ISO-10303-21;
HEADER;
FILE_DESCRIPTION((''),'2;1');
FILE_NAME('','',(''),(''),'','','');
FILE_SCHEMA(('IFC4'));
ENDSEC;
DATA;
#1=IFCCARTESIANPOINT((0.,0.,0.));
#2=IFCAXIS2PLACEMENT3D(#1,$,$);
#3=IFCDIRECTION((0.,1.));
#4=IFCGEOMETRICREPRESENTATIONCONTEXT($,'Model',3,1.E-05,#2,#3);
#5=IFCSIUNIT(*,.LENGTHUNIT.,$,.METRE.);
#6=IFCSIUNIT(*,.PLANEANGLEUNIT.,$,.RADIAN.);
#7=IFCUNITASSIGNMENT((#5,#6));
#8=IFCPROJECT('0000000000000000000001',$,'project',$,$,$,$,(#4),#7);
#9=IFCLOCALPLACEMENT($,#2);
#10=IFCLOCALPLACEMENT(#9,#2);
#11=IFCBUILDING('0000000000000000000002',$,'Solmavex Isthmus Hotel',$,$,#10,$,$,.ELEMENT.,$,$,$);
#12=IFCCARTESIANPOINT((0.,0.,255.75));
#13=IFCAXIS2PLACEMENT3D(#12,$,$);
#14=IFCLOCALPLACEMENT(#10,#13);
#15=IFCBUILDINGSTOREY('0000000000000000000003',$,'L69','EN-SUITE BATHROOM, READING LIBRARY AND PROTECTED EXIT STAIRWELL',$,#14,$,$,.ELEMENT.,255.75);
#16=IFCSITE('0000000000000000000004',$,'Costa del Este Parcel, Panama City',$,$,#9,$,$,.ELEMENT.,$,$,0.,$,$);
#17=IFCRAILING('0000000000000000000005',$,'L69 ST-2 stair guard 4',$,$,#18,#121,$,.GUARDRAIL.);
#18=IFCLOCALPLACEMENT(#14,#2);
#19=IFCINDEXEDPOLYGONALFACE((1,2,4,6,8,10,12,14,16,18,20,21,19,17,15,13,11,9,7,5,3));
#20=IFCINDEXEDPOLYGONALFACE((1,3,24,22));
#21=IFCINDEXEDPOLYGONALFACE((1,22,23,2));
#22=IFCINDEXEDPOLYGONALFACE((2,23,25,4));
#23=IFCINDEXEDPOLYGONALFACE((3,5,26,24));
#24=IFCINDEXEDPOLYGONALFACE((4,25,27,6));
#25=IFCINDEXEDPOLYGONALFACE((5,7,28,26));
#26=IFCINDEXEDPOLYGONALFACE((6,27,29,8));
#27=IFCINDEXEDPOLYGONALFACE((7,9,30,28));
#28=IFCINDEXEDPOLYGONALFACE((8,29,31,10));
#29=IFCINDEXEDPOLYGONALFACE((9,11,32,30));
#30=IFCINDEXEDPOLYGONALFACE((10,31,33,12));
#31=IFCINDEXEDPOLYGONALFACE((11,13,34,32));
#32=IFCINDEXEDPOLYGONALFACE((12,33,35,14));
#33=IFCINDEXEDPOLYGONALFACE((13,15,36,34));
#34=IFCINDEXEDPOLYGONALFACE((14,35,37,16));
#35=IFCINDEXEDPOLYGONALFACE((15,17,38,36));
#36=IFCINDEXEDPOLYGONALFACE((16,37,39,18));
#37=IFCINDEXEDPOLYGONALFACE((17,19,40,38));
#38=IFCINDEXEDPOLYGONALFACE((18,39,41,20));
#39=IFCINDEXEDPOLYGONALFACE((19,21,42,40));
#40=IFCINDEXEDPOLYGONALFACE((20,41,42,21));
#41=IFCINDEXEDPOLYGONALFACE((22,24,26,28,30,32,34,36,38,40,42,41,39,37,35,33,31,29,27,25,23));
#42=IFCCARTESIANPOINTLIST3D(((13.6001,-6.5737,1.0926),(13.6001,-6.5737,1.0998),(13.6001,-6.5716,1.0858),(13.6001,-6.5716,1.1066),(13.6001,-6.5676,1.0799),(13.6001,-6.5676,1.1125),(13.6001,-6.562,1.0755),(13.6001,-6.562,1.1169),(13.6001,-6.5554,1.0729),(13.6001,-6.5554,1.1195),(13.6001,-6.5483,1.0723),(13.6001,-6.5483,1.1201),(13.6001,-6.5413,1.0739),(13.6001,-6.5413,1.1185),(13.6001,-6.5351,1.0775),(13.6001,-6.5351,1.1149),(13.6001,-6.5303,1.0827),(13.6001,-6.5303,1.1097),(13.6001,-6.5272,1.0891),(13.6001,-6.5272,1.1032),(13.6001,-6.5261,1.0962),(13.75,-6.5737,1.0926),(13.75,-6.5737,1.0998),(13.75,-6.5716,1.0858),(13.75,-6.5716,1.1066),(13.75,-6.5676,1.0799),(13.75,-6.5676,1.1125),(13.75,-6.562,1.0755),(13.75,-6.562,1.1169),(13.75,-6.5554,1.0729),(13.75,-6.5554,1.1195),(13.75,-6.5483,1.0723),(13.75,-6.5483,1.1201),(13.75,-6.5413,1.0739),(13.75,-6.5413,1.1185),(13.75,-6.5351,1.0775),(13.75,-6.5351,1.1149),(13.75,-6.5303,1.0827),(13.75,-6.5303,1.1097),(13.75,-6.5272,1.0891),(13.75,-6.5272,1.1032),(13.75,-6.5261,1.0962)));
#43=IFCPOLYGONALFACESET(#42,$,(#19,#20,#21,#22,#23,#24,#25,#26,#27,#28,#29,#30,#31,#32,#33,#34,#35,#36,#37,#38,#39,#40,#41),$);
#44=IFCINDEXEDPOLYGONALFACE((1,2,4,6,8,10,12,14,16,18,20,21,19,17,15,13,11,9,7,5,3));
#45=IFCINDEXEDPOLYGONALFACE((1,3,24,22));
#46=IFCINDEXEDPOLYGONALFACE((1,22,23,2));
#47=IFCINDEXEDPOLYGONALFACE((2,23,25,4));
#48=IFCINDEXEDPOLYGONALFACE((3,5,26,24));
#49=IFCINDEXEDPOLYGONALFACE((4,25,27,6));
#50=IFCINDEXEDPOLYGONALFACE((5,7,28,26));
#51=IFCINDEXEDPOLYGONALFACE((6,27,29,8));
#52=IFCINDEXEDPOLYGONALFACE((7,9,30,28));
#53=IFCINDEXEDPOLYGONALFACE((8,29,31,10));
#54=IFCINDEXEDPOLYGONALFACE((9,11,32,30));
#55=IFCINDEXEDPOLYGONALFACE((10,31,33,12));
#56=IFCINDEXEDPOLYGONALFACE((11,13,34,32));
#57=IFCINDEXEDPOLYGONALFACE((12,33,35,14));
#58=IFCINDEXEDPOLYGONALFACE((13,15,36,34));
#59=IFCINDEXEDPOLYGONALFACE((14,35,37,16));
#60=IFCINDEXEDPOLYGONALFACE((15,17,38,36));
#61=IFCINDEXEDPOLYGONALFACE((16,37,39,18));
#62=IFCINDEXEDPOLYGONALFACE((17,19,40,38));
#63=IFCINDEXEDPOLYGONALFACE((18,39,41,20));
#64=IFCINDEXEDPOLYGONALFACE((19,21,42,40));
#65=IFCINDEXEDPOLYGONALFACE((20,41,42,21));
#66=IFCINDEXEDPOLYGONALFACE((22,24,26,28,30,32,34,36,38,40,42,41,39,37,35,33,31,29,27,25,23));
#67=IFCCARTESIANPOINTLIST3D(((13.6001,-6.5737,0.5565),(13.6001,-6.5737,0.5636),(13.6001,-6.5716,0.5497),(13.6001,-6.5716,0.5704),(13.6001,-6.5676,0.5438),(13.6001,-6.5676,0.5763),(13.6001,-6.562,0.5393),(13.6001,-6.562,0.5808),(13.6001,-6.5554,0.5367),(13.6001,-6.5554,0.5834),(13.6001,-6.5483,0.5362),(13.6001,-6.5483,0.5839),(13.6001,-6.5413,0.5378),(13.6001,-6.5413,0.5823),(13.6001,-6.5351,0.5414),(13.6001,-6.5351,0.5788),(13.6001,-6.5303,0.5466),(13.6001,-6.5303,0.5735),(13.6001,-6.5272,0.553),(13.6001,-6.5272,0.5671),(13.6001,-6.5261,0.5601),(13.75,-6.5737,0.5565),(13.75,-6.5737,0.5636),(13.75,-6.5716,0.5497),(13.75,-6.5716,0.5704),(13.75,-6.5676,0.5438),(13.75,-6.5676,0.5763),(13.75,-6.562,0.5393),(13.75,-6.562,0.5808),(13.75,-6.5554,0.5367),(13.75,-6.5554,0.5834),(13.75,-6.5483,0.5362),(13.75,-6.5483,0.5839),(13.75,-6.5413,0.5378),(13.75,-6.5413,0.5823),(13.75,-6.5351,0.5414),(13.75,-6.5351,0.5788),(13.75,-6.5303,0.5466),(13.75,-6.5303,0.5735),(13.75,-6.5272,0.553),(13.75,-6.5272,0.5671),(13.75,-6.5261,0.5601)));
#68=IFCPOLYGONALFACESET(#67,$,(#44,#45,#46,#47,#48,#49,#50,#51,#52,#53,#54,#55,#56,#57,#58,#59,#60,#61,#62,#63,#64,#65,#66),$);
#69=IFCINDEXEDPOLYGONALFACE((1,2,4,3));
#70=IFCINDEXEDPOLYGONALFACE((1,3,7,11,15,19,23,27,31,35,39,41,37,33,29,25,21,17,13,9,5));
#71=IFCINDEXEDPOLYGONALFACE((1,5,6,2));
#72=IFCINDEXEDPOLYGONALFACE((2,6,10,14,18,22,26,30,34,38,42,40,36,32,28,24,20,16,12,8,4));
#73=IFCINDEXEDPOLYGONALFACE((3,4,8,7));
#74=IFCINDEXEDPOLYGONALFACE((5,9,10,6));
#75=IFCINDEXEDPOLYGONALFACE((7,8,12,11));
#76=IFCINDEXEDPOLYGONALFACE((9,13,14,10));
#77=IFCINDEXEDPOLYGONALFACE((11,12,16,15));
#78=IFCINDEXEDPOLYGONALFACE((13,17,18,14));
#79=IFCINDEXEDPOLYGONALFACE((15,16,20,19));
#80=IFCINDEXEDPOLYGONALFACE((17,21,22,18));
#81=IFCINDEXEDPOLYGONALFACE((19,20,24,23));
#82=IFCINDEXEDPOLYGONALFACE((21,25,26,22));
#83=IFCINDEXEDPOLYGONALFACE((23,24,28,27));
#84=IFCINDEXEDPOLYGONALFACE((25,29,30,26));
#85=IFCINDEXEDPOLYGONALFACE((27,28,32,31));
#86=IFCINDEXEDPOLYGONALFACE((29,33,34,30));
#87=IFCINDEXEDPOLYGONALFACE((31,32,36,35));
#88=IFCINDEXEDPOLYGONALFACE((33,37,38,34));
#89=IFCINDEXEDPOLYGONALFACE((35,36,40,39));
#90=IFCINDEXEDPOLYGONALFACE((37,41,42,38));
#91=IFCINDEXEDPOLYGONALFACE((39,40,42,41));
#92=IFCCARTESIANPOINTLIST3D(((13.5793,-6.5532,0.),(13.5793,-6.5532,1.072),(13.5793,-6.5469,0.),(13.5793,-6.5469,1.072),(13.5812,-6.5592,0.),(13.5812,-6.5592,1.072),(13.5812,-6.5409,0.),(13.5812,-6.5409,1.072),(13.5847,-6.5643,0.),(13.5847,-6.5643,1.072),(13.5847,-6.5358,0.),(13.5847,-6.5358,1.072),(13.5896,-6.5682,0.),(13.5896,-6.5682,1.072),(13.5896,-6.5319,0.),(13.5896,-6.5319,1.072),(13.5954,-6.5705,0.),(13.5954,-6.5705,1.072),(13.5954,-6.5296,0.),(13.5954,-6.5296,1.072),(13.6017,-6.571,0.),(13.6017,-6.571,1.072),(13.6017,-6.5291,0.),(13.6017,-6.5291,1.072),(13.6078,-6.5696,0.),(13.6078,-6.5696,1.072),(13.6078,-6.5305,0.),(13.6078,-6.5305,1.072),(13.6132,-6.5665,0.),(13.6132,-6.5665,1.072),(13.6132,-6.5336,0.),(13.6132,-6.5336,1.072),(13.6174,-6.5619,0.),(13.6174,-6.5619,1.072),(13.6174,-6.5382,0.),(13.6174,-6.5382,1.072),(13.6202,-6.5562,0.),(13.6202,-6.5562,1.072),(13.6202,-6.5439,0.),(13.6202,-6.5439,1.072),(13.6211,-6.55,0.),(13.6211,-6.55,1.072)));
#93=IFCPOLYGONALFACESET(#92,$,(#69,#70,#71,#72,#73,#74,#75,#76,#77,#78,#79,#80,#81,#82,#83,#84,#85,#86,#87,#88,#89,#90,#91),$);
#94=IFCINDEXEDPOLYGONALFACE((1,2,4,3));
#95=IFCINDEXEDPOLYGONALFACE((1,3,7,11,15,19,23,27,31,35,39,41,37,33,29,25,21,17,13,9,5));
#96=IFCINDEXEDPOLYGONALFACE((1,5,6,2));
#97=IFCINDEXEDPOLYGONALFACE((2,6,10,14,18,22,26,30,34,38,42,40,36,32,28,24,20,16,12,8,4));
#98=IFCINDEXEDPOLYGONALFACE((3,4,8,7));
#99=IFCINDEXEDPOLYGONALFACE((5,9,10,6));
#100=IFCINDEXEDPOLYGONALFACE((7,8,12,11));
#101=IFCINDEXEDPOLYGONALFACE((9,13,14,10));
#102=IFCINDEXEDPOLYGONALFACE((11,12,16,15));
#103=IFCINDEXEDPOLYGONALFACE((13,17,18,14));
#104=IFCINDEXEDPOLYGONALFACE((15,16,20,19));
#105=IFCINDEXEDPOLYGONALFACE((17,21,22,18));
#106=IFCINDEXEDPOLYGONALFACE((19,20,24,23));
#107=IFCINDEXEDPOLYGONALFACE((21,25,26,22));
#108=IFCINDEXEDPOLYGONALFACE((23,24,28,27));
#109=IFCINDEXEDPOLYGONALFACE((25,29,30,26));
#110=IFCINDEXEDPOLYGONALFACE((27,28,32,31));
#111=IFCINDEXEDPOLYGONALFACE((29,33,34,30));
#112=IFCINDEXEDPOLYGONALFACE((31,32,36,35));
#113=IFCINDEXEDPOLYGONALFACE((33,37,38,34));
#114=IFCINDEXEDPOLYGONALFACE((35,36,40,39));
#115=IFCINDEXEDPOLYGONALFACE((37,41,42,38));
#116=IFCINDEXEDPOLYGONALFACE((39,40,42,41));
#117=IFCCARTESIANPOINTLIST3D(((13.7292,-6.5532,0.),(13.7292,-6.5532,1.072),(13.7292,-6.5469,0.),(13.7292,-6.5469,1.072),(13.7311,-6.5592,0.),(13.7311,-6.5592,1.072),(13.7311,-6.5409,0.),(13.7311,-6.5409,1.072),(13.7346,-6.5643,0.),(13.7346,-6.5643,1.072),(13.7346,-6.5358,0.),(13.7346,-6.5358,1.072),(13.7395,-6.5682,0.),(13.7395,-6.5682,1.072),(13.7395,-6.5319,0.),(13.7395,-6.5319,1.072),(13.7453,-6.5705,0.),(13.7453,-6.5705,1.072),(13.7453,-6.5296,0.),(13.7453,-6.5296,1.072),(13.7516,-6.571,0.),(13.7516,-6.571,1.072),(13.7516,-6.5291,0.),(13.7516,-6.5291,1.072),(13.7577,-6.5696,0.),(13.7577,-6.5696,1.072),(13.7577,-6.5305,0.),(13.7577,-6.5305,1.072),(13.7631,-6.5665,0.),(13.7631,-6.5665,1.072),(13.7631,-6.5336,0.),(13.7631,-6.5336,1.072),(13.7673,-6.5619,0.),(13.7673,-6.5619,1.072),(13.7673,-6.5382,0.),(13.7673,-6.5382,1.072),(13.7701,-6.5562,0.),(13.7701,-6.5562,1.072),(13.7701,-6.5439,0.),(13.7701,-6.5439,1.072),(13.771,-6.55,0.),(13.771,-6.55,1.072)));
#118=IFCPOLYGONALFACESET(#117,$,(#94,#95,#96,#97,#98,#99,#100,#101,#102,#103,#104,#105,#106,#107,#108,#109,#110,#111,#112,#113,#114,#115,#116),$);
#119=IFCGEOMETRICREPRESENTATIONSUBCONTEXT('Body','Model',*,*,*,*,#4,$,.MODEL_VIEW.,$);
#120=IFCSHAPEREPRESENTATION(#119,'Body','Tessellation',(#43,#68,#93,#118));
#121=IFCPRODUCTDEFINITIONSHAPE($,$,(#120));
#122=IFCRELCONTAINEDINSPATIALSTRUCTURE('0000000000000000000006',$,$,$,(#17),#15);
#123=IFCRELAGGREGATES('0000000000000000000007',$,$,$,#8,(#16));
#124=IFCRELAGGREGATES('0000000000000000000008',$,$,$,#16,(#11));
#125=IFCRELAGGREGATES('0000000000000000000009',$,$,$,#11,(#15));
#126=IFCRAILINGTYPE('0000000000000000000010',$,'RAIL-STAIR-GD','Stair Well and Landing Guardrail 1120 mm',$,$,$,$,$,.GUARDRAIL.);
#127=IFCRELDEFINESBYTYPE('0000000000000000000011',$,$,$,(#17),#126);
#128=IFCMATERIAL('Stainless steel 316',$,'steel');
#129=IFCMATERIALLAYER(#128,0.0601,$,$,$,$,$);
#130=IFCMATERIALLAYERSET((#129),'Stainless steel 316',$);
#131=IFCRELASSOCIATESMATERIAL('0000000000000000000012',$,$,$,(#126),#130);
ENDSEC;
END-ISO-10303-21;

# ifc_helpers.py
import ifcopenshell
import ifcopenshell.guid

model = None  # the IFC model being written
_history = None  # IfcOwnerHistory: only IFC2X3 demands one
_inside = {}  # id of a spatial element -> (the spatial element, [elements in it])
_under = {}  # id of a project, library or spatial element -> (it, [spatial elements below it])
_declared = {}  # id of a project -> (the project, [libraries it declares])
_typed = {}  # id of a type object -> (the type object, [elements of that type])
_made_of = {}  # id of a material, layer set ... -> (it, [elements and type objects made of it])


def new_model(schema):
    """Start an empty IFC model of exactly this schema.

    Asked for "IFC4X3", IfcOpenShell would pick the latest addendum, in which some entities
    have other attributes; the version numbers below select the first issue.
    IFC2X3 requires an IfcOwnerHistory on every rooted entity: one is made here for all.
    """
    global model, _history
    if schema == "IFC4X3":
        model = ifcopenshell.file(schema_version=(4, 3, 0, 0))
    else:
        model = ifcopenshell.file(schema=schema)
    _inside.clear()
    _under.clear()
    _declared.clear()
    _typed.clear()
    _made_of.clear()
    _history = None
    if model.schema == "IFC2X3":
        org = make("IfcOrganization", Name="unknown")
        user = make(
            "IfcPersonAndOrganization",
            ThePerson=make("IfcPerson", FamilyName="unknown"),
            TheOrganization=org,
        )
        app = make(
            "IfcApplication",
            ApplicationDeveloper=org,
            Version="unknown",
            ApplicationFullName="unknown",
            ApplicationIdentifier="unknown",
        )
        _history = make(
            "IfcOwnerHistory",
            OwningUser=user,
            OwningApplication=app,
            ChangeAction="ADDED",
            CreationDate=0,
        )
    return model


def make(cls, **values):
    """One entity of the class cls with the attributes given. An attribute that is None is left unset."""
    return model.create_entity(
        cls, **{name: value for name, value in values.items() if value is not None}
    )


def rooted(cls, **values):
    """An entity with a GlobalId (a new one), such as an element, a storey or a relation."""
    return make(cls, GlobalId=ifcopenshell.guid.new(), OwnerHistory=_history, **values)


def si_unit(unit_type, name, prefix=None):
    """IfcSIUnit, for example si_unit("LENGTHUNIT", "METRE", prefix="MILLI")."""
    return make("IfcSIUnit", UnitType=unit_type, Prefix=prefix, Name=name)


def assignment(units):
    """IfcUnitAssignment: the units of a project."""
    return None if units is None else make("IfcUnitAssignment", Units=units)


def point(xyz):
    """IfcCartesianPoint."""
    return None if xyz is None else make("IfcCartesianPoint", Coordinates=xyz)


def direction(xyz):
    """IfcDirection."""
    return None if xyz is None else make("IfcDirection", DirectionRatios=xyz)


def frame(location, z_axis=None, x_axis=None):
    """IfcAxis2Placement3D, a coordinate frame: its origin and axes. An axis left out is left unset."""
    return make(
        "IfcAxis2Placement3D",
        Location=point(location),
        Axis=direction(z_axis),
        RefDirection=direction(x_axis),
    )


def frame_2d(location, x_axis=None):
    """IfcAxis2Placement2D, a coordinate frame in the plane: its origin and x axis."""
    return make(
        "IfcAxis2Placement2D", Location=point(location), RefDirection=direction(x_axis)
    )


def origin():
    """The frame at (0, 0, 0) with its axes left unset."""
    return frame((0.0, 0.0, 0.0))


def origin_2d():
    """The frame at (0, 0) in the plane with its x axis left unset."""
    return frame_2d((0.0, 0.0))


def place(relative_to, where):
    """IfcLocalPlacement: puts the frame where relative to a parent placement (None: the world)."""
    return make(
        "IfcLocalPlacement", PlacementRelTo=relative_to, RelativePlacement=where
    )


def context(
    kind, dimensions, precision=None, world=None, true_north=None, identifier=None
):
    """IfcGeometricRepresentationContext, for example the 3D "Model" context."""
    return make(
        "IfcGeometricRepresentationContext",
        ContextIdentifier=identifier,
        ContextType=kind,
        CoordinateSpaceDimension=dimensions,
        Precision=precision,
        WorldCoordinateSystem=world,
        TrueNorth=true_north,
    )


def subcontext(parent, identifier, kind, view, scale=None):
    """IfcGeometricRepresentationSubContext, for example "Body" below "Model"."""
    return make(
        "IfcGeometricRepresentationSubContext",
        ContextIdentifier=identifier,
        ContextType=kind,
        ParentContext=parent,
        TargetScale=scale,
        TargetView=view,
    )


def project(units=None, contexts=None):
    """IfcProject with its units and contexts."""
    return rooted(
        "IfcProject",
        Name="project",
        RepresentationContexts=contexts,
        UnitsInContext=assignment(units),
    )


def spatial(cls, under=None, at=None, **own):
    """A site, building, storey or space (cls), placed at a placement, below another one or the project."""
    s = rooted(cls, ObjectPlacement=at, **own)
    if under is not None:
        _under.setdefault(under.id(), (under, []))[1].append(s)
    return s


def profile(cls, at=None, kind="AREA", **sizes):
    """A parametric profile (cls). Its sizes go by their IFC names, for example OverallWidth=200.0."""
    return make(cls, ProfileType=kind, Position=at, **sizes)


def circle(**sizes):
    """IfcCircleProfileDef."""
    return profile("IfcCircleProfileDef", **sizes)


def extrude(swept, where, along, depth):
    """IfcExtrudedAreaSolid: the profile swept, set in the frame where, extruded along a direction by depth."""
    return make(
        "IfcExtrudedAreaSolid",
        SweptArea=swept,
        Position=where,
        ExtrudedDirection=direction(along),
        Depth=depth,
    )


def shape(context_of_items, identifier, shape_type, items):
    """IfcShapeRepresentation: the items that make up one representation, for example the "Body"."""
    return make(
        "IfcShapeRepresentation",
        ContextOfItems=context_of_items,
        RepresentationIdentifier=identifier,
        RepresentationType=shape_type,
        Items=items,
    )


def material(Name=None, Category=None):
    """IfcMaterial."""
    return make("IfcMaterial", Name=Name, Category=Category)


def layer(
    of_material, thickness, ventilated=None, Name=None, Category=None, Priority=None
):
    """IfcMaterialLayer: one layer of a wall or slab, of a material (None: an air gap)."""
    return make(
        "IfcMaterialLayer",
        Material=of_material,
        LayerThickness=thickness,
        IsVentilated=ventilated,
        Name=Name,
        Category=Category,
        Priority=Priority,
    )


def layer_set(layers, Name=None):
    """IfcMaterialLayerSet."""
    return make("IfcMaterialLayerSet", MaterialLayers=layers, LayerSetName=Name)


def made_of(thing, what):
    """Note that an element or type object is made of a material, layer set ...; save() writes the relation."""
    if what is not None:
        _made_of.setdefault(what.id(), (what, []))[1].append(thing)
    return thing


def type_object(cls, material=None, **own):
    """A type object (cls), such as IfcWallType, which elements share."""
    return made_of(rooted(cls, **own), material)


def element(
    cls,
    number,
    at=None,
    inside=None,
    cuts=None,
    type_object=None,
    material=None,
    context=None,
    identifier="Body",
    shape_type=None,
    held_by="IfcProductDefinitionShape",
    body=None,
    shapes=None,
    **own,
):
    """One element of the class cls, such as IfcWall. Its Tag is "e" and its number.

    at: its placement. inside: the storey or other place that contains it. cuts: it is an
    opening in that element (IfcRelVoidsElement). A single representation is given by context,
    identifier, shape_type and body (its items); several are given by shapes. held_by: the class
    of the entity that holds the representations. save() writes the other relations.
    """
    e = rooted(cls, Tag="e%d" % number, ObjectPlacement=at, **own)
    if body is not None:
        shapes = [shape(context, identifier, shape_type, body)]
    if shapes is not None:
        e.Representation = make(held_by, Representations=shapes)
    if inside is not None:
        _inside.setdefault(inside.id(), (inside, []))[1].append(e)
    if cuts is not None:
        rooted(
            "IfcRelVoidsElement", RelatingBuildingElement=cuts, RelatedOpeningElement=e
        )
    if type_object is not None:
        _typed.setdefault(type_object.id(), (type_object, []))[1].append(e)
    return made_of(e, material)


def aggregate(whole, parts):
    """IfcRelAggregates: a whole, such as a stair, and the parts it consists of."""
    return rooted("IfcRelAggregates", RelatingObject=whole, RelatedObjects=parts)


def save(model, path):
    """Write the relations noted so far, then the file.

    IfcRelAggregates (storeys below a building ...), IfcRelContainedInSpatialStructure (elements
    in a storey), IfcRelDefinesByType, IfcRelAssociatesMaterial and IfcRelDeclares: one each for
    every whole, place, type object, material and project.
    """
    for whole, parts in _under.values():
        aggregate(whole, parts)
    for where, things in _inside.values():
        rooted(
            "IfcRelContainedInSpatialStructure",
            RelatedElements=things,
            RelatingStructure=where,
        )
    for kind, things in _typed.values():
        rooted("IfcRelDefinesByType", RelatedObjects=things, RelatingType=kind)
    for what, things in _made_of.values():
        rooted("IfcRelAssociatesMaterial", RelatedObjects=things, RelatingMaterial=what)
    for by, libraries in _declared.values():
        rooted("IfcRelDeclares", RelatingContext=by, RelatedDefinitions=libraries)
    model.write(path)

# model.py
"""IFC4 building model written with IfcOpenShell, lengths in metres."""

from ifc_helpers import new_model, si_unit, direction, frame, origin, origin_2d, place, context, subcontext, project, spatial, circle, extrude, material, layer, layer_set, type_object, element, save


model = new_model("IFC4")

# Units and contexts
model_context = context("Model", 3, precision=1e-05, world=origin(), true_north=direction((0.0, 1.0)))
body_context = subcontext(model_context, "Body", "Model", "MODEL_VIEW")
ifc_project = project(units=[si_unit("LENGTHUNIT", "METRE"), si_unit("PLANEANGLEUNIT", "RADIAN")], contexts=[model_context])

# Site, building, storey
site_placement = place(None, origin())
site = spatial("IfcSite", under=ifc_project, at=site_placement, Name="Costa del Este Parcel, Panama City", CompositionType="ELEMENT", RefElevation=0.0)
building_placement = place(site_placement, origin())
building = spatial("IfcBuilding", under=site, at=building_placement, Name="Solmavex Isthmus Hotel", CompositionType="ELEMENT")
storey_placement = place(building_placement, frame((0.0, 0.0, 255.75)))
storey = spatial("IfcBuildingStorey", under=building, at=storey_placement, Name="L69", Description="EN-SUITE BATHROOM, READING LIBRARY AND PROTECTED EXIT STAIRWELL", CompositionType="ELEMENT", Elevation=255.75)

# Shared definitions
ifc_material_1 = material(Name="Stainless steel 316", Category="steel")

# Railing
ifc_layer_1 = layer(ifc_material_1, 0.0601)
ifc_layer_set_1 = layer_set([ifc_layer_1], Name="Stainless steel 316")
railing_type_1 = type_object("IfcRailingType", Name="RAIL-STAIR-GD", Description="Stair Well and Landing Guardrail 1120 mm", PredefinedType="GUARDRAIL", material=ifc_layer_set_1)
railing_1_placement = place(storey_placement, frame((13.6001, -6.55, 0.0)))
element("IfcRailing", 1, at=railing_1_placement, inside=storey, type_object=railing_type_1, Name="L69 ST-2 stair guard 4", PredefinedType="GUARDRAIL", context=body_context, shape_type="SweptSolid", body=[
    extrude(circle(Radius=0.0239, at=origin_2d()), frame((0.0, 0.0, 1.0962), z_axis=(1.0, 0.0, 0.0), x_axis=(0.0, 1.0, 0.0)), (0.0, 0.0, 1.0), 0.1499),
    extrude(circle(Radius=0.0239, at=origin_2d()), frame((0.0, 0.0, 0.5601), z_axis=(1.0, 0.0, 0.0), x_axis=(0.0, 1.0, 0.0)), (0.0, 0.0, 1.0), 0.1499),
    extrude(circle(Radius=0.021, at=origin_2d()), origin(), (0.0, 0.0, 1.0), 1.072),
    extrude(circle(Radius=0.021, at=origin_2d()), frame((0.1499, 0.0, 0.0)), (0.0, 0.0, 1.0), 1.072),
])

save(model, "model.ifc")
